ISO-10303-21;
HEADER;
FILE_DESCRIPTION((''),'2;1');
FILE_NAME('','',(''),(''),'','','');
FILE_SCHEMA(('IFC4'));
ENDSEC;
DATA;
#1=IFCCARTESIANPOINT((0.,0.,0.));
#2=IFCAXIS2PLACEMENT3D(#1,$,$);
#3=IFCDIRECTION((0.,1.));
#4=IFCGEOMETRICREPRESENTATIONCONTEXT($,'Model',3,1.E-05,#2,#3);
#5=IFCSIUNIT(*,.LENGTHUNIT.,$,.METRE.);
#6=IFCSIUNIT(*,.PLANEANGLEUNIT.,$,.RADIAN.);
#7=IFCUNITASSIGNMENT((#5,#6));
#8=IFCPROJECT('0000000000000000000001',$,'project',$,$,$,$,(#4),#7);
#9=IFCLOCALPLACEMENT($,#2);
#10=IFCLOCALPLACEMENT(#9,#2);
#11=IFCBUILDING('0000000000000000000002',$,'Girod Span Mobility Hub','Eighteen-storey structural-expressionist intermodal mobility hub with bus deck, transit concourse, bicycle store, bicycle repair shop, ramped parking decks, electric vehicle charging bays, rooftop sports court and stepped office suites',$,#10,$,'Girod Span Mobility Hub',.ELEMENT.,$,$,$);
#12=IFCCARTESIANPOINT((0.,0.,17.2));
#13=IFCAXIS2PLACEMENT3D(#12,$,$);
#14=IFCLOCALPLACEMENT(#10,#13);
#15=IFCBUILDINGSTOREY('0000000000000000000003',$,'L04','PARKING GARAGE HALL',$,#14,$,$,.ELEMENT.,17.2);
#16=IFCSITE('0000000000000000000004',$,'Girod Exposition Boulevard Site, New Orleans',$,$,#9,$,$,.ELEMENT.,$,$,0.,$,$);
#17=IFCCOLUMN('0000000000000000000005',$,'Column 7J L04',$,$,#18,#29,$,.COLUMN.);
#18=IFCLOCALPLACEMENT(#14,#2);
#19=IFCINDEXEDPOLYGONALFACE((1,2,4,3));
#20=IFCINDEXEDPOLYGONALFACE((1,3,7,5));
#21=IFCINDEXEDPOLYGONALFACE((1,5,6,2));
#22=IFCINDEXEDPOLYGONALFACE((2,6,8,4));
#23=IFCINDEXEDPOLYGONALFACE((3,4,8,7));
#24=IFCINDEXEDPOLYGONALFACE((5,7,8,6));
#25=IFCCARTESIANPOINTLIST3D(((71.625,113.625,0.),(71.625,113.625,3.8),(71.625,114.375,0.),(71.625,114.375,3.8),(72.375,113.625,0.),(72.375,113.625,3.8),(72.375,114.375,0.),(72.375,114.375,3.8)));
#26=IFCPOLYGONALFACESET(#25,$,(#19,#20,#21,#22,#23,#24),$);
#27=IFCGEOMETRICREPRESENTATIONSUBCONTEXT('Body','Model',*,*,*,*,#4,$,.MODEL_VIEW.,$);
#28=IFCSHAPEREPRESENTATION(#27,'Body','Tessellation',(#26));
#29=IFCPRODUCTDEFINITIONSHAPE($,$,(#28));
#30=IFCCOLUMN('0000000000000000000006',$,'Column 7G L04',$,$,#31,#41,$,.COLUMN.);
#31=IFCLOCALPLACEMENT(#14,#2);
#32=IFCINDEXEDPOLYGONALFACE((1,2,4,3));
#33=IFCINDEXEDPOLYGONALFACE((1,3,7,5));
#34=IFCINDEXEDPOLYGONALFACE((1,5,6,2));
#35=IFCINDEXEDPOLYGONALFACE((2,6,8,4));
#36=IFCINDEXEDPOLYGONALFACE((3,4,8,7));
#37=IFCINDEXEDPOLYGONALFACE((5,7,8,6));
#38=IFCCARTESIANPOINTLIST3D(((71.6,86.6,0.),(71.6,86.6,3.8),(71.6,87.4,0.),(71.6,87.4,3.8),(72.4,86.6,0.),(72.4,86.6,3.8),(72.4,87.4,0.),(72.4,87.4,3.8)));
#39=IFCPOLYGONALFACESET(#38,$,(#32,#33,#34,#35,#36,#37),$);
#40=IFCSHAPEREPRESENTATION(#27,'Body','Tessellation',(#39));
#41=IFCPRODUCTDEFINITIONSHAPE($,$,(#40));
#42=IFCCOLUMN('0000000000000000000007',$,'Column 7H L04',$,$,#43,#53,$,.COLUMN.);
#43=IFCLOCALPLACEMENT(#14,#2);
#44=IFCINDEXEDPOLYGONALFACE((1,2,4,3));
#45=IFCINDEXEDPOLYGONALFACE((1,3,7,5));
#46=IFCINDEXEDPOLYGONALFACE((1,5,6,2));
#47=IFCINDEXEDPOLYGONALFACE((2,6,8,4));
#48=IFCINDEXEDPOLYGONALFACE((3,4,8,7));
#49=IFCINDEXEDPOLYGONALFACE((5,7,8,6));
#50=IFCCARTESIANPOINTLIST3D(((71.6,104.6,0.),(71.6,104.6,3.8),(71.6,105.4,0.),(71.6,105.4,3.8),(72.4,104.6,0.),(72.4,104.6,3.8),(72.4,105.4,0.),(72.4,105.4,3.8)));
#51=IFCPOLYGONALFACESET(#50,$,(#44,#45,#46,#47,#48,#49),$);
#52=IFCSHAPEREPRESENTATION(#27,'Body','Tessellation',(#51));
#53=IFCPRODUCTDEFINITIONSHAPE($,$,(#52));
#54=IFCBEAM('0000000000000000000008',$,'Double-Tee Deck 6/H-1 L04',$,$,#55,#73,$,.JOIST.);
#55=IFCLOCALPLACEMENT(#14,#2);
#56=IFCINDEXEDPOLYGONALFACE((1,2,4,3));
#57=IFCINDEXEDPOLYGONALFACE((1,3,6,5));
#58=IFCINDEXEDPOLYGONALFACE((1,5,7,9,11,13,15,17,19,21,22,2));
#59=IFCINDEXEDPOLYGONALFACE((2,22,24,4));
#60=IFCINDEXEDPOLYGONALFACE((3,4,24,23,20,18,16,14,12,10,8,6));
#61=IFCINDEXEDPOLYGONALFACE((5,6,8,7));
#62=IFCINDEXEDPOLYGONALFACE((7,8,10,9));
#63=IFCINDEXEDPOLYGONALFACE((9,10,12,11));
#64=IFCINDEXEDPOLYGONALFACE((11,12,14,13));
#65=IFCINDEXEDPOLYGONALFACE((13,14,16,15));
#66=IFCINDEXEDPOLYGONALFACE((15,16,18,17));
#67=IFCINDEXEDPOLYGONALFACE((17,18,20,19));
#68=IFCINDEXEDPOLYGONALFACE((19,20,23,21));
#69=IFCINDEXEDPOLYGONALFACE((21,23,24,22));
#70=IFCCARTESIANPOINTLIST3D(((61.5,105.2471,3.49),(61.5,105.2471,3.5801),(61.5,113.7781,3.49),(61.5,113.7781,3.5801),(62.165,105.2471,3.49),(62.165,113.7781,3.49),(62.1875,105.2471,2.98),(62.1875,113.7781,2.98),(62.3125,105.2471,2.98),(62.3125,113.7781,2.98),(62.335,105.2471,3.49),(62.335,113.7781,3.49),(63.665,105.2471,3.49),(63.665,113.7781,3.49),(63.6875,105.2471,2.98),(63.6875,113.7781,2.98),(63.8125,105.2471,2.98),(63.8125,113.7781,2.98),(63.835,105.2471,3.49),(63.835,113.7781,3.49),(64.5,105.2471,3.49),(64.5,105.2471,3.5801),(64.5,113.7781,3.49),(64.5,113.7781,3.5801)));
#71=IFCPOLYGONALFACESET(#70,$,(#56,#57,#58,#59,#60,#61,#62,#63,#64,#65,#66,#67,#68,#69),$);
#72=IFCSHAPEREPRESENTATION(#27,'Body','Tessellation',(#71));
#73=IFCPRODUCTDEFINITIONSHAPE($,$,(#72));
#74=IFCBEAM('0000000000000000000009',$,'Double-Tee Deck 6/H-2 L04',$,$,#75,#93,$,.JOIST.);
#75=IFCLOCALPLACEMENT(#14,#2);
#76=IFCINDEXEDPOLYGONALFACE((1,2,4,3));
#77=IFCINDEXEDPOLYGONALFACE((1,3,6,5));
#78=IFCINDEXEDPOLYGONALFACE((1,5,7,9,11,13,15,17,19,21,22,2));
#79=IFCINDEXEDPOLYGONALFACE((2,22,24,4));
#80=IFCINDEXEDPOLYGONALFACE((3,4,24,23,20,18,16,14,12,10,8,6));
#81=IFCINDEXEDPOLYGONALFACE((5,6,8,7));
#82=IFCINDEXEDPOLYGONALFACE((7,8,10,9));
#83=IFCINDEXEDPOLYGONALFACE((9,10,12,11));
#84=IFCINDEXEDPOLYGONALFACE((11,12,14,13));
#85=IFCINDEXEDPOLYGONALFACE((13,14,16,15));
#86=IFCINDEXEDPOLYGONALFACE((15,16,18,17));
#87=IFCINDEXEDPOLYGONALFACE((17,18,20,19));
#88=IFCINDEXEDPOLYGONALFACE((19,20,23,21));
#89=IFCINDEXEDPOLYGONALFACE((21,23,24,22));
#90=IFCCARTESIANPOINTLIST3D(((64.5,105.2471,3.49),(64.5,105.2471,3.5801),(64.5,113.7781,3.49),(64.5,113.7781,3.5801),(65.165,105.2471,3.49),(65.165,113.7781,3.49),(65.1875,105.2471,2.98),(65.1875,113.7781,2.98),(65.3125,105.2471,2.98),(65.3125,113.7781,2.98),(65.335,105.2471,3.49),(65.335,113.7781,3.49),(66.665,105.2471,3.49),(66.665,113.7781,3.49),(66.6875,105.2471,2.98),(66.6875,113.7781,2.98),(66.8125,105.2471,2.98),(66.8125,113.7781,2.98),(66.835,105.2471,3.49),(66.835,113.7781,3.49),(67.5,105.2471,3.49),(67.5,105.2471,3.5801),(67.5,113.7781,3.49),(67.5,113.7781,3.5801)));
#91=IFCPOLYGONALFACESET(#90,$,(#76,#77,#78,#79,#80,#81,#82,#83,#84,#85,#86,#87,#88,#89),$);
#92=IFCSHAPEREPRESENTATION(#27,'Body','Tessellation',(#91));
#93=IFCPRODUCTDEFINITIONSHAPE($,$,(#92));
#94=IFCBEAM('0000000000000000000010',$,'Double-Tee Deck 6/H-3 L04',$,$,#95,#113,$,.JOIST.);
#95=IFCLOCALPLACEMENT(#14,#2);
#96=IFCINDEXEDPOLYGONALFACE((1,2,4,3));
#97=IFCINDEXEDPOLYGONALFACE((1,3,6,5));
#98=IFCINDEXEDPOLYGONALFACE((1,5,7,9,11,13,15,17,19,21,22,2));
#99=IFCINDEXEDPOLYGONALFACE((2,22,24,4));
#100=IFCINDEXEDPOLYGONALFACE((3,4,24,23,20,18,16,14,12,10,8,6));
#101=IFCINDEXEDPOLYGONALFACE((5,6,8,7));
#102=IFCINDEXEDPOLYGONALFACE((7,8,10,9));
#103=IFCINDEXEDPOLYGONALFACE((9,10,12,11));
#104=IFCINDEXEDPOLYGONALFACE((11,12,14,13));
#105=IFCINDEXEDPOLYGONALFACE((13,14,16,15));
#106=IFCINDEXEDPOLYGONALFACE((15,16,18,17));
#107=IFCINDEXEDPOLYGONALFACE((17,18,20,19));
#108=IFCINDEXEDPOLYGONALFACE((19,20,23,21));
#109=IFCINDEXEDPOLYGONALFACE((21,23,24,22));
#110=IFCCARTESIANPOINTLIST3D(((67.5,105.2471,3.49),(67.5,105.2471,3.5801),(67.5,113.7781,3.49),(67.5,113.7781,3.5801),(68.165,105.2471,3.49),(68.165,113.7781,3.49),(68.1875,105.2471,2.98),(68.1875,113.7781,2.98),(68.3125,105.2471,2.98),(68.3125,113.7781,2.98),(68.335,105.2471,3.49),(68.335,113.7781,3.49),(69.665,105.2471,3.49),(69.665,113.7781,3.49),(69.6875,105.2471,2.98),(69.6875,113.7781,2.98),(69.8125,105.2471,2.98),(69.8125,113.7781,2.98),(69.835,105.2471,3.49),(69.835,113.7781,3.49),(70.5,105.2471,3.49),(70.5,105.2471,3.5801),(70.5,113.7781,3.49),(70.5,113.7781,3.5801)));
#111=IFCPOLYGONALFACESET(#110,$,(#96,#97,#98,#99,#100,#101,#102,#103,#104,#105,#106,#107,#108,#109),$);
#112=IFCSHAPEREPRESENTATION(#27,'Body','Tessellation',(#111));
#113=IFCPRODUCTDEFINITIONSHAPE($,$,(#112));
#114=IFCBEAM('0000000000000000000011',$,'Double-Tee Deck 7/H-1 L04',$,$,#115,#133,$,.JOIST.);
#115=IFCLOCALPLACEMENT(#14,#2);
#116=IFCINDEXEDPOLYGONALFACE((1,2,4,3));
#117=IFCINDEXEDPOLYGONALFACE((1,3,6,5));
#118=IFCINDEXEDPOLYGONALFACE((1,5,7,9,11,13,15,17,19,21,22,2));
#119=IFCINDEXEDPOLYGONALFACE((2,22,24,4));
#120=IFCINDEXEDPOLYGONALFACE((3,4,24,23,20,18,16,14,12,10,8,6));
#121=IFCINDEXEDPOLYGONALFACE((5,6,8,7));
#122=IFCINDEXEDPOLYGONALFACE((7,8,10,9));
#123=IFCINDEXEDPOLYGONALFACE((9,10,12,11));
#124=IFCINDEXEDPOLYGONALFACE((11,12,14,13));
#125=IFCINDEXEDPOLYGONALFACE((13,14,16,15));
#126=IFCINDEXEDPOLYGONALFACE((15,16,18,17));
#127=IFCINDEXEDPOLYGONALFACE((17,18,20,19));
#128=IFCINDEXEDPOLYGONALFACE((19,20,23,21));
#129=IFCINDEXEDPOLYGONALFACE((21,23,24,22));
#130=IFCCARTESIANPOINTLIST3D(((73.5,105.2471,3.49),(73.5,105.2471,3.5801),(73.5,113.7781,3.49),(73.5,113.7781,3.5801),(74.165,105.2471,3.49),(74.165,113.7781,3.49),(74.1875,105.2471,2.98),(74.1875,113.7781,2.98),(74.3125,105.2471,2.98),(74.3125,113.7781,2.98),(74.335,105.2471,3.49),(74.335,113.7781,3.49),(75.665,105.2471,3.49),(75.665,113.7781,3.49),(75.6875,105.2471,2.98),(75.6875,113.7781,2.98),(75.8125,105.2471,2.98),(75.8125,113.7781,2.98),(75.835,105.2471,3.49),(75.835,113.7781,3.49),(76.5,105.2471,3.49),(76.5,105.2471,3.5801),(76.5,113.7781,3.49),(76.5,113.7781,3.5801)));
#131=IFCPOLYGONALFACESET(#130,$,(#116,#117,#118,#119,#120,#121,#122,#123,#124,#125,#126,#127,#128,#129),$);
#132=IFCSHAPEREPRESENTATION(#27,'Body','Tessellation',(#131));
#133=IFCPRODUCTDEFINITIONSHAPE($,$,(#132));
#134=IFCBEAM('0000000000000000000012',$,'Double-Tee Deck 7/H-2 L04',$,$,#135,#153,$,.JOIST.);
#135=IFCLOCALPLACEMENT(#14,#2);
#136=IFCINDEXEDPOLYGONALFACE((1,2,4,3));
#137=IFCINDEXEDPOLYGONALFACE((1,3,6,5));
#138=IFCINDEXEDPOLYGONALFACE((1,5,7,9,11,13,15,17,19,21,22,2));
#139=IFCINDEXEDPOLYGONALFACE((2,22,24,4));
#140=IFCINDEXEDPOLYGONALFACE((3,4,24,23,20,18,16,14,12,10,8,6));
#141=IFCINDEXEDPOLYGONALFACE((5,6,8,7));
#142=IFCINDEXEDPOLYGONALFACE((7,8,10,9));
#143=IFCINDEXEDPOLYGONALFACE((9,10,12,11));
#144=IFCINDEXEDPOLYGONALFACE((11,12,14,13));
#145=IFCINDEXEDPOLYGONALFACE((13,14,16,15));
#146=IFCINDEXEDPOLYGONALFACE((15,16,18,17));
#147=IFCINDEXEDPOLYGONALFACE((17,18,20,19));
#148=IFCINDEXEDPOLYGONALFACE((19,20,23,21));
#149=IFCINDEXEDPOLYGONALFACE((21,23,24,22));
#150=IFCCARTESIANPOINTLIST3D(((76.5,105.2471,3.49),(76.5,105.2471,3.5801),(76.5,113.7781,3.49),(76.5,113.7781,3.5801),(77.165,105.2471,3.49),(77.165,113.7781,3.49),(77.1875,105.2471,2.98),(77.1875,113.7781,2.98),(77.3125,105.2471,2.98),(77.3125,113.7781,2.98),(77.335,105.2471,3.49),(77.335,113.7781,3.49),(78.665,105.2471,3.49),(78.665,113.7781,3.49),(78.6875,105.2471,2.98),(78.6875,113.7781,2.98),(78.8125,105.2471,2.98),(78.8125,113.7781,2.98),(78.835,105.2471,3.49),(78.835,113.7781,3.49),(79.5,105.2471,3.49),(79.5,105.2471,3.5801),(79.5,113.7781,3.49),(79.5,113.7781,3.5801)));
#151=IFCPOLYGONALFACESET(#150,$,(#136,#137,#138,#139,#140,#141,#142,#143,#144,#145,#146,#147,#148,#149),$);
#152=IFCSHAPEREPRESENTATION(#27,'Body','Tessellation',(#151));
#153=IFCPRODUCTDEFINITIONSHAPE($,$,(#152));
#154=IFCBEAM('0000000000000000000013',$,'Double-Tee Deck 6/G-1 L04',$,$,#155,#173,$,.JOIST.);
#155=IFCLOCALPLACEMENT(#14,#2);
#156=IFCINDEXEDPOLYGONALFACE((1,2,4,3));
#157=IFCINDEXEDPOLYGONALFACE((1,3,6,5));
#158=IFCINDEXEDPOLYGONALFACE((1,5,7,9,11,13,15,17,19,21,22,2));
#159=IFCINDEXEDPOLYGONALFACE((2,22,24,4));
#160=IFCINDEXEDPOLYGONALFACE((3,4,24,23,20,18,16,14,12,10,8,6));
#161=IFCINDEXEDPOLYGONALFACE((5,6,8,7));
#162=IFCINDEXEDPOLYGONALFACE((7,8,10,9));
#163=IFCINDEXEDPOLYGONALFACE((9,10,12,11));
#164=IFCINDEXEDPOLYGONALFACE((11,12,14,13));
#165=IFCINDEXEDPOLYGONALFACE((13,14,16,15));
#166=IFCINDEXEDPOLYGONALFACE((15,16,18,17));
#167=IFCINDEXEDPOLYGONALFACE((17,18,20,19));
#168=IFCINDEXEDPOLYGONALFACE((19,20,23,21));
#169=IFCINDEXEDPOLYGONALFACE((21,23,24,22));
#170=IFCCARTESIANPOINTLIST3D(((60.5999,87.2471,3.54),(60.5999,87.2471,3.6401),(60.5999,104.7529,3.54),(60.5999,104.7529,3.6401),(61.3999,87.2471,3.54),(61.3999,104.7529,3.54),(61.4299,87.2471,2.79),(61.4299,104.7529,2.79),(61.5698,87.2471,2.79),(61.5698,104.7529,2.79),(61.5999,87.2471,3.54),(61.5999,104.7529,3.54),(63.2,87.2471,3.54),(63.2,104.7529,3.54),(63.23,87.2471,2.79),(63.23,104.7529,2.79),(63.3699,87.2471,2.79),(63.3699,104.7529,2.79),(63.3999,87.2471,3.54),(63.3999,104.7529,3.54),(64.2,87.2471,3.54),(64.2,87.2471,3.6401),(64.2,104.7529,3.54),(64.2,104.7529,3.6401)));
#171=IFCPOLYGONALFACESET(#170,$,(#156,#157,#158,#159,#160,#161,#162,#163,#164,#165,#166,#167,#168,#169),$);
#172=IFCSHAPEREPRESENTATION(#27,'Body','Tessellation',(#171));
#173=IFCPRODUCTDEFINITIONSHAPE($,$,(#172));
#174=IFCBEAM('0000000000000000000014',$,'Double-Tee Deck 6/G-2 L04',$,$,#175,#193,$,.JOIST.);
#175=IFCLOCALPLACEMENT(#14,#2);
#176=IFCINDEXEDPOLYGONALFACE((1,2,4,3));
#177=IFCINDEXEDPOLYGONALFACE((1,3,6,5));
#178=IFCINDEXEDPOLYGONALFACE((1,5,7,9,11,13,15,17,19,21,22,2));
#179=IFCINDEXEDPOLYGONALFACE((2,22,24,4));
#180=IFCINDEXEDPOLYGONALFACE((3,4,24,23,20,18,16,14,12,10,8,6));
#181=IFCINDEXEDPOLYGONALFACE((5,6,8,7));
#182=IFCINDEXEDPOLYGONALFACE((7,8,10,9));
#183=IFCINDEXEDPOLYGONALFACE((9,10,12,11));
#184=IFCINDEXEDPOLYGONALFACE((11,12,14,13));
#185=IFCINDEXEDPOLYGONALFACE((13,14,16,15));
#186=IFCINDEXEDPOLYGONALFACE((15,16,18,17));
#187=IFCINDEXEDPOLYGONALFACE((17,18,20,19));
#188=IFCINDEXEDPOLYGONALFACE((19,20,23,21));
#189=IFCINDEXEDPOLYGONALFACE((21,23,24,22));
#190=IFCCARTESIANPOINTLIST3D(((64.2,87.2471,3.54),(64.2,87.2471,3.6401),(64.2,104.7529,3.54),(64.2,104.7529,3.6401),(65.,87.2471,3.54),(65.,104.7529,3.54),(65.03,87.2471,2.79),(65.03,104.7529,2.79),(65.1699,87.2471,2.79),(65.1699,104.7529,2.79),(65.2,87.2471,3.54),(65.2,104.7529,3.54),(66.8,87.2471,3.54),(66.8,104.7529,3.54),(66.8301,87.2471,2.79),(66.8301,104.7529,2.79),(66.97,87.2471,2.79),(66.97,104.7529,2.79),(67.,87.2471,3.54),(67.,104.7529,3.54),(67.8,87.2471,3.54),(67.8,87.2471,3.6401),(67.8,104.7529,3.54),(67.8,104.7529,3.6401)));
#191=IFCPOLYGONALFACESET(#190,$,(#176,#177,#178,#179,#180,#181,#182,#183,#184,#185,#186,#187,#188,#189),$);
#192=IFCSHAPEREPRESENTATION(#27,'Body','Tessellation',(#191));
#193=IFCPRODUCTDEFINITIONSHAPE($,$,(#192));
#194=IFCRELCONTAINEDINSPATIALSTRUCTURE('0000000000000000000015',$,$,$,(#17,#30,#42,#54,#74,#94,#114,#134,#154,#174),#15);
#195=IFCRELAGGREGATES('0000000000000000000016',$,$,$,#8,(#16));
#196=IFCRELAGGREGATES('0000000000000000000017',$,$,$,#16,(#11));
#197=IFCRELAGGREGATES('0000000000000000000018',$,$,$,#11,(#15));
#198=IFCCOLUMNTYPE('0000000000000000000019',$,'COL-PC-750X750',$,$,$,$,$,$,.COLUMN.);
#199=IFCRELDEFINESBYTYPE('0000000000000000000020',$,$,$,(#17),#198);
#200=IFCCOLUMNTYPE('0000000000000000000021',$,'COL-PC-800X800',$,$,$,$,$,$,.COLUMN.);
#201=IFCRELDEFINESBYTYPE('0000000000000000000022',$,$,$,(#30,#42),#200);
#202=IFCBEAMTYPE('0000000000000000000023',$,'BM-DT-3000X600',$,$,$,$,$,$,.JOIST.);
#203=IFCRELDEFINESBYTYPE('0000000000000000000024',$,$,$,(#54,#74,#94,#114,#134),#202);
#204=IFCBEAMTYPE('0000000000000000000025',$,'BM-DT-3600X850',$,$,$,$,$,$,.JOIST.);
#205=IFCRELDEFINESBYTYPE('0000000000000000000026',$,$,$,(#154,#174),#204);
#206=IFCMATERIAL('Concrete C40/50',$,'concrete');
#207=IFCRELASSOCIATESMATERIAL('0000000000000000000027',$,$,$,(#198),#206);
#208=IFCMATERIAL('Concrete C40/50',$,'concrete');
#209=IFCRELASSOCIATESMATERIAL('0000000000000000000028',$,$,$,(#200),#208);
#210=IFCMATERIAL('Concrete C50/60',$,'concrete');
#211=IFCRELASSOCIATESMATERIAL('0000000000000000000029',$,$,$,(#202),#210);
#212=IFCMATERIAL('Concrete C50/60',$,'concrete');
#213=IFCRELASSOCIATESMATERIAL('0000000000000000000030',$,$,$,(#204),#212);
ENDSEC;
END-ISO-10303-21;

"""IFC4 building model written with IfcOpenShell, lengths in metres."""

from ifc_helpers import new_model, si_unit, direction, frame, origin, origin_2d, place, context, subcontext, project, spatial, polyline, rectangle, outline, extrude, material, material_profile, profile_set, type_object, element, save


model = new_model("IFC4")

# Units and contexts
model_context = context("Model", 3, precision=1e-05, world=origin(), true_north=direction((0.0, 1.0)))
body_context = subcontext(model_context, "Body", "Model", "MODEL_VIEW")
ifc_project = project(units=[si_unit("LENGTHUNIT", "METRE"), si_unit("PLANEANGLEUNIT", "RADIAN")], contexts=[model_context])

# Site, building, storey
site_placement = place(None, origin())
site = spatial("IfcSite", under=ifc_project, at=site_placement, Name="Girod Exposition Boulevard Site, New Orleans", CompositionType="ELEMENT", RefElevation=0.0)
building_placement = place(site_placement, origin())
building = spatial("IfcBuilding", under=site, at=building_placement, Name="Girod Span Mobility Hub", Description="Eighteen-storey structural-expressionist intermodal mobility hub with bus deck, transit concourse, bicycle store, bicycle repair shop, ramped parking decks, electric vehicle charging bays, rooftop sports court and stepped office suites", LongName="Girod Span Mobility Hub", CompositionType="ELEMENT")
storey_placement = place(building_placement, frame((0.0, 0.0, 17.2)))
storey = spatial("IfcBuildingStorey", under=building, at=storey_placement, Name="L04", Description="PARKING GARAGE HALL", CompositionType="ELEMENT", Elevation=17.2)

# Columns
ifc_material_1 = material(Name="Concrete C40/50", Category="concrete")
ifc_material_profile_1 = material_profile(ifc_material_1, rectangle(XDim=0.75, YDim=0.75, at=origin_2d()), Name="PC-COL-750X750")
ifc_profile_set_1 = profile_set([ifc_material_profile_1], Name="Concrete C40/50")
column_type_1 = type_object("IfcColumnType", Name="COL-PC-750X750", PredefinedType="COLUMN", material=ifc_profile_set_1)
column_placement = place(storey_placement, frame((72.0, 114.0, 0.0), z_axis=(0.0, 0.0, 1.0), x_axis=(1.0, 0.0, 0.0)))
element("IfcColumn", 1, at=column_placement, inside=storey, type_object=column_type_1, Name="Column 7J L04", PredefinedType="COLUMN", context=body_context, shape_type="SweptSolid", body=[
    extrude(rectangle(XDim=0.75, YDim=0.75, at=origin_2d()), origin(), (0.0, 0.0, 1.0), 3.8),
])
ifc_material_2 = material(Name="Concrete C40/50", Category="concrete")
ifc_material_profile_2 = material_profile(ifc_material_2, rectangle(XDim=0.8, YDim=0.8, at=origin_2d()), Name="PC-COL-800X800")
ifc_profile_set_2 = profile_set([ifc_material_profile_2], Name="Concrete C40/50")
column_type_2 = type_object("IfcColumnType", Name="COL-PC-800X800", PredefinedType="COLUMN", material=ifc_profile_set_2)
for number, where, z_axis, x_axis, name in (
    (2, (72.0, 87.0, 0.0), (0.0, 0.0, 1.0), (1.0, 0.0, 0.0), "Column 7G L04"),
    (3, (72.0, 105.0, 0.0), (0.0, 0.0, 1.0), (1.0, 0.0, 0.0), "Column 7H L04"),
):
    element("IfcColumn", number, at=place(storey_placement, frame(where, z_axis=z_axis, x_axis=x_axis)), inside=storey, type_object=column_type_2, Name=name, PredefinedType="COLUMN", context=body_context, shape_type="SweptSolid", body=[
        extrude(rectangle(XDim=0.8, YDim=0.8, at=origin_2d()), origin(), (0.0, 0.0, 1.0), 3.8),
    ])

# Beams
ifc_material_3 = material(Name="Concrete C50/60", Category="concrete")
ifc_material_profile_3 = material_profile(ifc_material_3, outline(polyline([(-1.5, 0.3), (-1.5, 0.21), (-0.835, 0.21), (-0.8125, -0.3), (-0.6875, -0.3), (-0.665, 0.21), (0.665, 0.21), (0.6875, -0.3), (0.8125, -0.3), (0.835, 0.21), (1.5, 0.21), (1.5, 0.3), (-1.5, 0.3)])), Name="DT-3000X600")
ifc_profile_set_3 = profile_set([ifc_material_profile_3], Name="Concrete C50/60")
beam_type_1 = type_object("IfcBeamType", Name="BM-DT-3000X600", PredefinedType="JOIST", material=ifc_profile_set_3)
for number, where, z_axis, x_axis, name in (
    (4, (63.0, 105.2471, 3.28), (0.0, 1.0, 0.0), (-1.0, 0.0, 0.0), "Double-Tee Deck 6/H-1 L04"),
    (5, (66.0, 105.2471, 3.28), (0.0, 1.0, 0.0), (-1.0, 0.0, 0.0), "Double-Tee Deck 6/H-2 L04"),
    (6, (69.0, 105.2471, 3.28), (0.0, 1.0, 0.0), (-1.0, 0.0, 0.0), "Double-Tee Deck 6/H-3 L04"),
    (7, (75.0, 105.2471, 3.28), (0.0, 1.0, 0.0), (-1.0, 0.0, 0.0), "Double-Tee Deck 7/H-1 L04"),
    (8, (78.0, 105.2471, 3.28), (0.0, 1.0, 0.0), (-1.0, 0.0, 0.0), "Double-Tee Deck 7/H-2 L04"),
):
    element("IfcBeam", number, at=place(storey_placement, frame(where, z_axis=z_axis, x_axis=x_axis)), inside=storey, type_object=beam_type_1, Name=name, PredefinedType="JOIST", context=body_context, shape_type="SweptSolid", body=[
        extrude(outline(polyline([(-1.5, 0.3), (-1.5, 0.21), (-0.835, 0.21), (-0.8125, -0.3), (-0.6875, -0.3), (-0.665, 0.21), (0.665, 0.21), (0.6875, -0.3), (0.8125, -0.3), (0.835, 0.21), (1.5, 0.21), (1.5, 0.3), (-1.5, 0.3)])), origin(), (0.0, 0.0, 1.0), 8.531),
    ])
ifc_material_4 = material(Name="Concrete C50/60", Category="concrete")
ifc_material_profile_4 = material_profile(ifc_material_4, outline(polyline([(-1.8, 0.425), (-1.8, 0.325), (-1.0, 0.325), (-0.97, -0.425), (-0.8301, -0.425), (-0.8, 0.325), (0.8, 0.325), (0.8301, -0.425), (0.97, -0.425), (1.0, 0.325), (1.8, 0.325), (1.8, 0.425), (-1.8, 0.425)])), Name="DT-3600X850")
ifc_profile_set_4 = profile_set([ifc_material_profile_4], Name="Concrete C50/60")
beam_type_2 = type_object("IfcBeamType", Name="BM-DT-3600X850", PredefinedType="JOIST", material=ifc_profile_set_4)
for number, where, z_axis, x_axis, name in (
    (9, (62.3999, 87.2471, 3.2151), (0.0, 1.0, 0.0), (-1.0, 0.0, 0.0), "Double-Tee Deck 6/G-1 L04"),
    (10, (66.0, 87.2471, 3.2151), (0.0, 1.0, 0.0), (-1.0, 0.0, 0.0), "Double-Tee Deck 6/G-2 L04"),
):
    element("IfcBeam", number, at=place(storey_placement, frame(where, z_axis=z_axis, x_axis=x_axis)), inside=storey, type_object=beam_type_2, Name=name, PredefinedType="JOIST", context=body_context, shape_type="SweptSolid", body=[
        extrude(outline(polyline([(-1.8, 0.425), (-1.8, 0.325), (-1.0, 0.325), (-0.97, -0.425), (-0.8301, -0.425), (-0.8, 0.325), (0.8, 0.325), (0.8301, -0.425), (0.97, -0.425), (1.0, 0.325), (1.8, 0.325), (1.8, 0.425), (-1.8, 0.425)])), origin(), (0.0, 0.0, 1.0), 17.5059),
    ])

save(model, "model.ifc")
